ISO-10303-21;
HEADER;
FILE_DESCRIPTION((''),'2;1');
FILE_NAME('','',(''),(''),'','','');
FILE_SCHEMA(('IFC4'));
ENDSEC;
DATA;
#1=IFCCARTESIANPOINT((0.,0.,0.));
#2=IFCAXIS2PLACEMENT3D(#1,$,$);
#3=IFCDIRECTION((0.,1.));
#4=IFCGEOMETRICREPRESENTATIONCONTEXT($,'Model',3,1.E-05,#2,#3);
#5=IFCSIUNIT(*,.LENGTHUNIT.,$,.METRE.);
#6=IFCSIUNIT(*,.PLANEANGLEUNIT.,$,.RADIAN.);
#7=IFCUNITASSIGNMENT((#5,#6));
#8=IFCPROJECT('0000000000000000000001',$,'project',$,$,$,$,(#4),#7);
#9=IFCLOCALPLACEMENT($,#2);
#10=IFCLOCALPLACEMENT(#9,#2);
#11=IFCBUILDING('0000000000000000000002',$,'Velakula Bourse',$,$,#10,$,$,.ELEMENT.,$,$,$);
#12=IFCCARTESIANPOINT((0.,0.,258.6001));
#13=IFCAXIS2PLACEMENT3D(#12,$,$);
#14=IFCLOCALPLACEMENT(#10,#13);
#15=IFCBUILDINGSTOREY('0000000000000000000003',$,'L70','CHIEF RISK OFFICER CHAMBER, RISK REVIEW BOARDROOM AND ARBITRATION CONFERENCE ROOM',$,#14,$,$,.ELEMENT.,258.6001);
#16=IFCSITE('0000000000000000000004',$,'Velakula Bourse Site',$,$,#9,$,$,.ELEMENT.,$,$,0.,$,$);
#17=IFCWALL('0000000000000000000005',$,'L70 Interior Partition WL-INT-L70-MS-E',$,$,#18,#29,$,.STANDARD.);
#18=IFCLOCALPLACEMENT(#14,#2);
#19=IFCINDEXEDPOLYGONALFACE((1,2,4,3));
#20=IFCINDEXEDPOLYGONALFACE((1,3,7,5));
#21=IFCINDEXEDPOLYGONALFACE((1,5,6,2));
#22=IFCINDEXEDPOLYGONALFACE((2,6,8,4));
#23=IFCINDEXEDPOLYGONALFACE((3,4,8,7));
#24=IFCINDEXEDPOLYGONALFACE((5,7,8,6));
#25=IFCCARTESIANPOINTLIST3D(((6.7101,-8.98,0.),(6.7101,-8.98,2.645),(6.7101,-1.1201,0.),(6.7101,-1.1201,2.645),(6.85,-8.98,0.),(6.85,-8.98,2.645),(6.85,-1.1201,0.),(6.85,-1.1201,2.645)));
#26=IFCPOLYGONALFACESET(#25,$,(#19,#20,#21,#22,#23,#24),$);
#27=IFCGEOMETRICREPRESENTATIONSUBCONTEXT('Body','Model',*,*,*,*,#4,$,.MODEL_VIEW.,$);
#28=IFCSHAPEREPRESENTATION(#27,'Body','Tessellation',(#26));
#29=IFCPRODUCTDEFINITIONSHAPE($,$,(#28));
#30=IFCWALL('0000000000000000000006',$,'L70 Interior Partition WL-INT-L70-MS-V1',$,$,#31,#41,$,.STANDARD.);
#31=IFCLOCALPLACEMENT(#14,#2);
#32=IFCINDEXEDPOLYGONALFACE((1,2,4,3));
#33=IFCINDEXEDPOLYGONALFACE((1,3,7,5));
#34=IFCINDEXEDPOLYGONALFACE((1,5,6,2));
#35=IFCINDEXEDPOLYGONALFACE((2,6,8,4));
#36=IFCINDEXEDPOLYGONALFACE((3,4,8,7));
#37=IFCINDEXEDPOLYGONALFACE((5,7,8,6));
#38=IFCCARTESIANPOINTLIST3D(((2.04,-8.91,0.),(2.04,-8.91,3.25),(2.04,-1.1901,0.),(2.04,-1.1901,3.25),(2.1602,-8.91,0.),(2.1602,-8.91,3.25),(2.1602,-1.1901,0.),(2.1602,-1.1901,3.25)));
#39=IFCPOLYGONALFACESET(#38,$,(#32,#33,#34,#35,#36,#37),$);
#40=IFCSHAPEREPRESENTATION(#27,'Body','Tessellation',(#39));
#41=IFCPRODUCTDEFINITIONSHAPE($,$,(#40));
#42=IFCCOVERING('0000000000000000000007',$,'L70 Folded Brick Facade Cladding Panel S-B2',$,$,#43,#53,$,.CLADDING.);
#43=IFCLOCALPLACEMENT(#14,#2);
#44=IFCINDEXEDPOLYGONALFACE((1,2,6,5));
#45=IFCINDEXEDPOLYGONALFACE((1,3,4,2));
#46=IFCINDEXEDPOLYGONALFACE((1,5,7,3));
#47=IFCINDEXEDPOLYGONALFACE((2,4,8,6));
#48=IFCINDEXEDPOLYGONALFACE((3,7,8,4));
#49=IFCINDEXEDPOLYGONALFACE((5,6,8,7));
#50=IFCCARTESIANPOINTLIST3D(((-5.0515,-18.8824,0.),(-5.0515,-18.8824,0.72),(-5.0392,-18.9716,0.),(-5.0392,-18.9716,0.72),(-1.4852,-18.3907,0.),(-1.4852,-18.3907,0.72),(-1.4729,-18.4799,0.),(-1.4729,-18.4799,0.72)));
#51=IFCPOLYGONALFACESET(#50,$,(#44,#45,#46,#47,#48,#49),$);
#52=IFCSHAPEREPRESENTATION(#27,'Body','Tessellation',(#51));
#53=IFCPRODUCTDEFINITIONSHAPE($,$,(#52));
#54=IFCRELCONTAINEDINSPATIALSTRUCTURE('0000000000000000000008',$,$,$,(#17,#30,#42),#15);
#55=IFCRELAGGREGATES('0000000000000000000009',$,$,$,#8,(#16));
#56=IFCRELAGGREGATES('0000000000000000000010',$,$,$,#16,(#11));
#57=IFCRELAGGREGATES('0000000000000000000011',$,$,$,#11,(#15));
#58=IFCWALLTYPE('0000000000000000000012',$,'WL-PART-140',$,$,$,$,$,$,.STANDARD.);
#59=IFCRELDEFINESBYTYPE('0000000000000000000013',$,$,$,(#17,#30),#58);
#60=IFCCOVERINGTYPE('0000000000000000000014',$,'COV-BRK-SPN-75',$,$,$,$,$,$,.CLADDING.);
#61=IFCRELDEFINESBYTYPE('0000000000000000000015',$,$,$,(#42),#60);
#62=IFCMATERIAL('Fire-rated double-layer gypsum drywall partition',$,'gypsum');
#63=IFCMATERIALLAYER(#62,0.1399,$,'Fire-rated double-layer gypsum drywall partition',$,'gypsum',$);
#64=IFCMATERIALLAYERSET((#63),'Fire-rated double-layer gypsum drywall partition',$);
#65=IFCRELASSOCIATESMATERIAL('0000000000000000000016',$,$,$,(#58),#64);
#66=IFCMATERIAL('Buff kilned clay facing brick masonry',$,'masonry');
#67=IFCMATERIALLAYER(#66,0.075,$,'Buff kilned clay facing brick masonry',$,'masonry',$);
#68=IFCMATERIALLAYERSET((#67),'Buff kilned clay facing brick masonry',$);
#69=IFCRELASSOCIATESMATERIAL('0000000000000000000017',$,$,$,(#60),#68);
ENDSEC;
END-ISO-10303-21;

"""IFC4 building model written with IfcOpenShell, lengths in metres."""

from ifc_helpers import new_model, si_unit, direction, frame, frame_2d, origin, origin_2d, place, context, subcontext, project, spatial, rectangle, extrude, material, layer, layer_set, type_object, element, save


model = new_model("IFC4")

# Units and contexts
model_context = context("Model", 3, precision=1e-05, world=origin(), true_north=direction((0.0, 1.0)))
body_context = subcontext(model_context, "Body", "Model", "MODEL_VIEW")
ifc_project = project(units=[si_unit("LENGTHUNIT", "METRE"), si_unit("PLANEANGLEUNIT", "RADIAN")], contexts=[model_context])

# Site, building, storey
site_placement = place(None, origin())
site = spatial("IfcSite", under=ifc_project, at=site_placement, Name="Velakula Bourse Site", CompositionType="ELEMENT", RefElevation=0.0)
building_placement = place(site_placement, origin())
building = spatial("IfcBuilding", under=site, at=building_placement, Name="Velakula Bourse", CompositionType="ELEMENT")
storey_placement = place(building_placement, frame((0.0, 0.0, 258.6001)))
storey = spatial("IfcBuildingStorey", under=building, at=storey_placement, Name="L70", Description="CHIEF RISK OFFICER CHAMBER, RISK REVIEW BOARDROOM AND ARBITRATION CONFERENCE ROOM", CompositionType="ELEMENT", Elevation=258.6001)

# Shared definitions
ifc_material_1 = material(Name="Buff kilned clay facing brick masonry", Category="masonry")

# Walls
ifc_material_2 = material(Name="Fire-rated double-layer gypsum drywall partition", Category="gypsum")
ifc_layer_1 = layer(ifc_material_2, 0.1399, Name="Fire-rated double-layer gypsum drywall partition", Category="gypsum")
ifc_layer_set_1 = layer_set([ifc_layer_1], Name="Fire-rated double-layer gypsum drywall partition")
wall_type_1 = type_object("IfcWallType", Name="WL-PART-140", PredefinedType="STANDARD", material=ifc_layer_set_1)
wall_1_placement = place(storey_placement, frame((6.78, -8.98, 0.0), z_axis=(0.0, 0.0, 1.0), x_axis=(0.0, 1.0, 0.0)))
element("IfcWall", 1, at=wall_1_placement, inside=storey, type_object=wall_type_1, Name="L70 Interior Partition WL-INT-L70-MS-E", PredefinedType="STANDARD", context=body_context, shape_type="SweptSolid", body=[
    extrude(rectangle(XDim=7.8599, YDim=0.1399, at=frame_2d((3.9299, 0.0))), origin(), (0.0, 0.0, 1.0), 2.645),
])
wall_2_placement = place(storey_placement, frame((2.1001, -8.9099, 0.0), z_axis=(0.0, 0.0, 1.0), x_axis=(0.0, 1.0, 0.0)))
element("IfcWall", 2, at=wall_2_placement, inside=storey, type_object=wall_type_1, Name="L70 Interior Partition WL-INT-L70-MS-V1", PredefinedType="STANDARD", context=body_context, shape_type="SweptSolid", body=[
    extrude(rectangle(XDim=7.72, YDim=0.1201, at=frame_2d((3.8599, 0.0))), origin(), (0.0, 0.0, 1.0), 3.25),
])

# Covering
ifc_layer_2 = layer(ifc_material_1, 0.075, Name="Buff kilned clay facing brick masonry", Category="masonry")
ifc_layer_set_2 = layer_set([ifc_layer_2], Name="Buff kilned clay facing brick masonry")
covering_type = type_object("IfcCoveringType", Name="COV-BRK-SPN-75", PredefinedType="CLADDING", material=ifc_layer_set_2)
covering_placement = place(storey_placement, frame((-3.2622, -18.6812, 0.0), z_axis=(0.0, 0.0, 1.0), x_axis=(0.990629, 0.13658, 0.0)))
element("IfcCovering", 3, at=covering_placement, inside=storey, type_object=covering_type, Name="L70 Folded Brick Facade Cladding Panel S-B2", PredefinedType="CLADDING", context=body_context, shape_type="SweptSolid", body=[
    extrude(rectangle(XDim=3.6001, YDim=0.0901, at=origin_2d()), origin(), (0.0, 0.0, 1.0), 0.72),
])

save(model, "model.ifc")
